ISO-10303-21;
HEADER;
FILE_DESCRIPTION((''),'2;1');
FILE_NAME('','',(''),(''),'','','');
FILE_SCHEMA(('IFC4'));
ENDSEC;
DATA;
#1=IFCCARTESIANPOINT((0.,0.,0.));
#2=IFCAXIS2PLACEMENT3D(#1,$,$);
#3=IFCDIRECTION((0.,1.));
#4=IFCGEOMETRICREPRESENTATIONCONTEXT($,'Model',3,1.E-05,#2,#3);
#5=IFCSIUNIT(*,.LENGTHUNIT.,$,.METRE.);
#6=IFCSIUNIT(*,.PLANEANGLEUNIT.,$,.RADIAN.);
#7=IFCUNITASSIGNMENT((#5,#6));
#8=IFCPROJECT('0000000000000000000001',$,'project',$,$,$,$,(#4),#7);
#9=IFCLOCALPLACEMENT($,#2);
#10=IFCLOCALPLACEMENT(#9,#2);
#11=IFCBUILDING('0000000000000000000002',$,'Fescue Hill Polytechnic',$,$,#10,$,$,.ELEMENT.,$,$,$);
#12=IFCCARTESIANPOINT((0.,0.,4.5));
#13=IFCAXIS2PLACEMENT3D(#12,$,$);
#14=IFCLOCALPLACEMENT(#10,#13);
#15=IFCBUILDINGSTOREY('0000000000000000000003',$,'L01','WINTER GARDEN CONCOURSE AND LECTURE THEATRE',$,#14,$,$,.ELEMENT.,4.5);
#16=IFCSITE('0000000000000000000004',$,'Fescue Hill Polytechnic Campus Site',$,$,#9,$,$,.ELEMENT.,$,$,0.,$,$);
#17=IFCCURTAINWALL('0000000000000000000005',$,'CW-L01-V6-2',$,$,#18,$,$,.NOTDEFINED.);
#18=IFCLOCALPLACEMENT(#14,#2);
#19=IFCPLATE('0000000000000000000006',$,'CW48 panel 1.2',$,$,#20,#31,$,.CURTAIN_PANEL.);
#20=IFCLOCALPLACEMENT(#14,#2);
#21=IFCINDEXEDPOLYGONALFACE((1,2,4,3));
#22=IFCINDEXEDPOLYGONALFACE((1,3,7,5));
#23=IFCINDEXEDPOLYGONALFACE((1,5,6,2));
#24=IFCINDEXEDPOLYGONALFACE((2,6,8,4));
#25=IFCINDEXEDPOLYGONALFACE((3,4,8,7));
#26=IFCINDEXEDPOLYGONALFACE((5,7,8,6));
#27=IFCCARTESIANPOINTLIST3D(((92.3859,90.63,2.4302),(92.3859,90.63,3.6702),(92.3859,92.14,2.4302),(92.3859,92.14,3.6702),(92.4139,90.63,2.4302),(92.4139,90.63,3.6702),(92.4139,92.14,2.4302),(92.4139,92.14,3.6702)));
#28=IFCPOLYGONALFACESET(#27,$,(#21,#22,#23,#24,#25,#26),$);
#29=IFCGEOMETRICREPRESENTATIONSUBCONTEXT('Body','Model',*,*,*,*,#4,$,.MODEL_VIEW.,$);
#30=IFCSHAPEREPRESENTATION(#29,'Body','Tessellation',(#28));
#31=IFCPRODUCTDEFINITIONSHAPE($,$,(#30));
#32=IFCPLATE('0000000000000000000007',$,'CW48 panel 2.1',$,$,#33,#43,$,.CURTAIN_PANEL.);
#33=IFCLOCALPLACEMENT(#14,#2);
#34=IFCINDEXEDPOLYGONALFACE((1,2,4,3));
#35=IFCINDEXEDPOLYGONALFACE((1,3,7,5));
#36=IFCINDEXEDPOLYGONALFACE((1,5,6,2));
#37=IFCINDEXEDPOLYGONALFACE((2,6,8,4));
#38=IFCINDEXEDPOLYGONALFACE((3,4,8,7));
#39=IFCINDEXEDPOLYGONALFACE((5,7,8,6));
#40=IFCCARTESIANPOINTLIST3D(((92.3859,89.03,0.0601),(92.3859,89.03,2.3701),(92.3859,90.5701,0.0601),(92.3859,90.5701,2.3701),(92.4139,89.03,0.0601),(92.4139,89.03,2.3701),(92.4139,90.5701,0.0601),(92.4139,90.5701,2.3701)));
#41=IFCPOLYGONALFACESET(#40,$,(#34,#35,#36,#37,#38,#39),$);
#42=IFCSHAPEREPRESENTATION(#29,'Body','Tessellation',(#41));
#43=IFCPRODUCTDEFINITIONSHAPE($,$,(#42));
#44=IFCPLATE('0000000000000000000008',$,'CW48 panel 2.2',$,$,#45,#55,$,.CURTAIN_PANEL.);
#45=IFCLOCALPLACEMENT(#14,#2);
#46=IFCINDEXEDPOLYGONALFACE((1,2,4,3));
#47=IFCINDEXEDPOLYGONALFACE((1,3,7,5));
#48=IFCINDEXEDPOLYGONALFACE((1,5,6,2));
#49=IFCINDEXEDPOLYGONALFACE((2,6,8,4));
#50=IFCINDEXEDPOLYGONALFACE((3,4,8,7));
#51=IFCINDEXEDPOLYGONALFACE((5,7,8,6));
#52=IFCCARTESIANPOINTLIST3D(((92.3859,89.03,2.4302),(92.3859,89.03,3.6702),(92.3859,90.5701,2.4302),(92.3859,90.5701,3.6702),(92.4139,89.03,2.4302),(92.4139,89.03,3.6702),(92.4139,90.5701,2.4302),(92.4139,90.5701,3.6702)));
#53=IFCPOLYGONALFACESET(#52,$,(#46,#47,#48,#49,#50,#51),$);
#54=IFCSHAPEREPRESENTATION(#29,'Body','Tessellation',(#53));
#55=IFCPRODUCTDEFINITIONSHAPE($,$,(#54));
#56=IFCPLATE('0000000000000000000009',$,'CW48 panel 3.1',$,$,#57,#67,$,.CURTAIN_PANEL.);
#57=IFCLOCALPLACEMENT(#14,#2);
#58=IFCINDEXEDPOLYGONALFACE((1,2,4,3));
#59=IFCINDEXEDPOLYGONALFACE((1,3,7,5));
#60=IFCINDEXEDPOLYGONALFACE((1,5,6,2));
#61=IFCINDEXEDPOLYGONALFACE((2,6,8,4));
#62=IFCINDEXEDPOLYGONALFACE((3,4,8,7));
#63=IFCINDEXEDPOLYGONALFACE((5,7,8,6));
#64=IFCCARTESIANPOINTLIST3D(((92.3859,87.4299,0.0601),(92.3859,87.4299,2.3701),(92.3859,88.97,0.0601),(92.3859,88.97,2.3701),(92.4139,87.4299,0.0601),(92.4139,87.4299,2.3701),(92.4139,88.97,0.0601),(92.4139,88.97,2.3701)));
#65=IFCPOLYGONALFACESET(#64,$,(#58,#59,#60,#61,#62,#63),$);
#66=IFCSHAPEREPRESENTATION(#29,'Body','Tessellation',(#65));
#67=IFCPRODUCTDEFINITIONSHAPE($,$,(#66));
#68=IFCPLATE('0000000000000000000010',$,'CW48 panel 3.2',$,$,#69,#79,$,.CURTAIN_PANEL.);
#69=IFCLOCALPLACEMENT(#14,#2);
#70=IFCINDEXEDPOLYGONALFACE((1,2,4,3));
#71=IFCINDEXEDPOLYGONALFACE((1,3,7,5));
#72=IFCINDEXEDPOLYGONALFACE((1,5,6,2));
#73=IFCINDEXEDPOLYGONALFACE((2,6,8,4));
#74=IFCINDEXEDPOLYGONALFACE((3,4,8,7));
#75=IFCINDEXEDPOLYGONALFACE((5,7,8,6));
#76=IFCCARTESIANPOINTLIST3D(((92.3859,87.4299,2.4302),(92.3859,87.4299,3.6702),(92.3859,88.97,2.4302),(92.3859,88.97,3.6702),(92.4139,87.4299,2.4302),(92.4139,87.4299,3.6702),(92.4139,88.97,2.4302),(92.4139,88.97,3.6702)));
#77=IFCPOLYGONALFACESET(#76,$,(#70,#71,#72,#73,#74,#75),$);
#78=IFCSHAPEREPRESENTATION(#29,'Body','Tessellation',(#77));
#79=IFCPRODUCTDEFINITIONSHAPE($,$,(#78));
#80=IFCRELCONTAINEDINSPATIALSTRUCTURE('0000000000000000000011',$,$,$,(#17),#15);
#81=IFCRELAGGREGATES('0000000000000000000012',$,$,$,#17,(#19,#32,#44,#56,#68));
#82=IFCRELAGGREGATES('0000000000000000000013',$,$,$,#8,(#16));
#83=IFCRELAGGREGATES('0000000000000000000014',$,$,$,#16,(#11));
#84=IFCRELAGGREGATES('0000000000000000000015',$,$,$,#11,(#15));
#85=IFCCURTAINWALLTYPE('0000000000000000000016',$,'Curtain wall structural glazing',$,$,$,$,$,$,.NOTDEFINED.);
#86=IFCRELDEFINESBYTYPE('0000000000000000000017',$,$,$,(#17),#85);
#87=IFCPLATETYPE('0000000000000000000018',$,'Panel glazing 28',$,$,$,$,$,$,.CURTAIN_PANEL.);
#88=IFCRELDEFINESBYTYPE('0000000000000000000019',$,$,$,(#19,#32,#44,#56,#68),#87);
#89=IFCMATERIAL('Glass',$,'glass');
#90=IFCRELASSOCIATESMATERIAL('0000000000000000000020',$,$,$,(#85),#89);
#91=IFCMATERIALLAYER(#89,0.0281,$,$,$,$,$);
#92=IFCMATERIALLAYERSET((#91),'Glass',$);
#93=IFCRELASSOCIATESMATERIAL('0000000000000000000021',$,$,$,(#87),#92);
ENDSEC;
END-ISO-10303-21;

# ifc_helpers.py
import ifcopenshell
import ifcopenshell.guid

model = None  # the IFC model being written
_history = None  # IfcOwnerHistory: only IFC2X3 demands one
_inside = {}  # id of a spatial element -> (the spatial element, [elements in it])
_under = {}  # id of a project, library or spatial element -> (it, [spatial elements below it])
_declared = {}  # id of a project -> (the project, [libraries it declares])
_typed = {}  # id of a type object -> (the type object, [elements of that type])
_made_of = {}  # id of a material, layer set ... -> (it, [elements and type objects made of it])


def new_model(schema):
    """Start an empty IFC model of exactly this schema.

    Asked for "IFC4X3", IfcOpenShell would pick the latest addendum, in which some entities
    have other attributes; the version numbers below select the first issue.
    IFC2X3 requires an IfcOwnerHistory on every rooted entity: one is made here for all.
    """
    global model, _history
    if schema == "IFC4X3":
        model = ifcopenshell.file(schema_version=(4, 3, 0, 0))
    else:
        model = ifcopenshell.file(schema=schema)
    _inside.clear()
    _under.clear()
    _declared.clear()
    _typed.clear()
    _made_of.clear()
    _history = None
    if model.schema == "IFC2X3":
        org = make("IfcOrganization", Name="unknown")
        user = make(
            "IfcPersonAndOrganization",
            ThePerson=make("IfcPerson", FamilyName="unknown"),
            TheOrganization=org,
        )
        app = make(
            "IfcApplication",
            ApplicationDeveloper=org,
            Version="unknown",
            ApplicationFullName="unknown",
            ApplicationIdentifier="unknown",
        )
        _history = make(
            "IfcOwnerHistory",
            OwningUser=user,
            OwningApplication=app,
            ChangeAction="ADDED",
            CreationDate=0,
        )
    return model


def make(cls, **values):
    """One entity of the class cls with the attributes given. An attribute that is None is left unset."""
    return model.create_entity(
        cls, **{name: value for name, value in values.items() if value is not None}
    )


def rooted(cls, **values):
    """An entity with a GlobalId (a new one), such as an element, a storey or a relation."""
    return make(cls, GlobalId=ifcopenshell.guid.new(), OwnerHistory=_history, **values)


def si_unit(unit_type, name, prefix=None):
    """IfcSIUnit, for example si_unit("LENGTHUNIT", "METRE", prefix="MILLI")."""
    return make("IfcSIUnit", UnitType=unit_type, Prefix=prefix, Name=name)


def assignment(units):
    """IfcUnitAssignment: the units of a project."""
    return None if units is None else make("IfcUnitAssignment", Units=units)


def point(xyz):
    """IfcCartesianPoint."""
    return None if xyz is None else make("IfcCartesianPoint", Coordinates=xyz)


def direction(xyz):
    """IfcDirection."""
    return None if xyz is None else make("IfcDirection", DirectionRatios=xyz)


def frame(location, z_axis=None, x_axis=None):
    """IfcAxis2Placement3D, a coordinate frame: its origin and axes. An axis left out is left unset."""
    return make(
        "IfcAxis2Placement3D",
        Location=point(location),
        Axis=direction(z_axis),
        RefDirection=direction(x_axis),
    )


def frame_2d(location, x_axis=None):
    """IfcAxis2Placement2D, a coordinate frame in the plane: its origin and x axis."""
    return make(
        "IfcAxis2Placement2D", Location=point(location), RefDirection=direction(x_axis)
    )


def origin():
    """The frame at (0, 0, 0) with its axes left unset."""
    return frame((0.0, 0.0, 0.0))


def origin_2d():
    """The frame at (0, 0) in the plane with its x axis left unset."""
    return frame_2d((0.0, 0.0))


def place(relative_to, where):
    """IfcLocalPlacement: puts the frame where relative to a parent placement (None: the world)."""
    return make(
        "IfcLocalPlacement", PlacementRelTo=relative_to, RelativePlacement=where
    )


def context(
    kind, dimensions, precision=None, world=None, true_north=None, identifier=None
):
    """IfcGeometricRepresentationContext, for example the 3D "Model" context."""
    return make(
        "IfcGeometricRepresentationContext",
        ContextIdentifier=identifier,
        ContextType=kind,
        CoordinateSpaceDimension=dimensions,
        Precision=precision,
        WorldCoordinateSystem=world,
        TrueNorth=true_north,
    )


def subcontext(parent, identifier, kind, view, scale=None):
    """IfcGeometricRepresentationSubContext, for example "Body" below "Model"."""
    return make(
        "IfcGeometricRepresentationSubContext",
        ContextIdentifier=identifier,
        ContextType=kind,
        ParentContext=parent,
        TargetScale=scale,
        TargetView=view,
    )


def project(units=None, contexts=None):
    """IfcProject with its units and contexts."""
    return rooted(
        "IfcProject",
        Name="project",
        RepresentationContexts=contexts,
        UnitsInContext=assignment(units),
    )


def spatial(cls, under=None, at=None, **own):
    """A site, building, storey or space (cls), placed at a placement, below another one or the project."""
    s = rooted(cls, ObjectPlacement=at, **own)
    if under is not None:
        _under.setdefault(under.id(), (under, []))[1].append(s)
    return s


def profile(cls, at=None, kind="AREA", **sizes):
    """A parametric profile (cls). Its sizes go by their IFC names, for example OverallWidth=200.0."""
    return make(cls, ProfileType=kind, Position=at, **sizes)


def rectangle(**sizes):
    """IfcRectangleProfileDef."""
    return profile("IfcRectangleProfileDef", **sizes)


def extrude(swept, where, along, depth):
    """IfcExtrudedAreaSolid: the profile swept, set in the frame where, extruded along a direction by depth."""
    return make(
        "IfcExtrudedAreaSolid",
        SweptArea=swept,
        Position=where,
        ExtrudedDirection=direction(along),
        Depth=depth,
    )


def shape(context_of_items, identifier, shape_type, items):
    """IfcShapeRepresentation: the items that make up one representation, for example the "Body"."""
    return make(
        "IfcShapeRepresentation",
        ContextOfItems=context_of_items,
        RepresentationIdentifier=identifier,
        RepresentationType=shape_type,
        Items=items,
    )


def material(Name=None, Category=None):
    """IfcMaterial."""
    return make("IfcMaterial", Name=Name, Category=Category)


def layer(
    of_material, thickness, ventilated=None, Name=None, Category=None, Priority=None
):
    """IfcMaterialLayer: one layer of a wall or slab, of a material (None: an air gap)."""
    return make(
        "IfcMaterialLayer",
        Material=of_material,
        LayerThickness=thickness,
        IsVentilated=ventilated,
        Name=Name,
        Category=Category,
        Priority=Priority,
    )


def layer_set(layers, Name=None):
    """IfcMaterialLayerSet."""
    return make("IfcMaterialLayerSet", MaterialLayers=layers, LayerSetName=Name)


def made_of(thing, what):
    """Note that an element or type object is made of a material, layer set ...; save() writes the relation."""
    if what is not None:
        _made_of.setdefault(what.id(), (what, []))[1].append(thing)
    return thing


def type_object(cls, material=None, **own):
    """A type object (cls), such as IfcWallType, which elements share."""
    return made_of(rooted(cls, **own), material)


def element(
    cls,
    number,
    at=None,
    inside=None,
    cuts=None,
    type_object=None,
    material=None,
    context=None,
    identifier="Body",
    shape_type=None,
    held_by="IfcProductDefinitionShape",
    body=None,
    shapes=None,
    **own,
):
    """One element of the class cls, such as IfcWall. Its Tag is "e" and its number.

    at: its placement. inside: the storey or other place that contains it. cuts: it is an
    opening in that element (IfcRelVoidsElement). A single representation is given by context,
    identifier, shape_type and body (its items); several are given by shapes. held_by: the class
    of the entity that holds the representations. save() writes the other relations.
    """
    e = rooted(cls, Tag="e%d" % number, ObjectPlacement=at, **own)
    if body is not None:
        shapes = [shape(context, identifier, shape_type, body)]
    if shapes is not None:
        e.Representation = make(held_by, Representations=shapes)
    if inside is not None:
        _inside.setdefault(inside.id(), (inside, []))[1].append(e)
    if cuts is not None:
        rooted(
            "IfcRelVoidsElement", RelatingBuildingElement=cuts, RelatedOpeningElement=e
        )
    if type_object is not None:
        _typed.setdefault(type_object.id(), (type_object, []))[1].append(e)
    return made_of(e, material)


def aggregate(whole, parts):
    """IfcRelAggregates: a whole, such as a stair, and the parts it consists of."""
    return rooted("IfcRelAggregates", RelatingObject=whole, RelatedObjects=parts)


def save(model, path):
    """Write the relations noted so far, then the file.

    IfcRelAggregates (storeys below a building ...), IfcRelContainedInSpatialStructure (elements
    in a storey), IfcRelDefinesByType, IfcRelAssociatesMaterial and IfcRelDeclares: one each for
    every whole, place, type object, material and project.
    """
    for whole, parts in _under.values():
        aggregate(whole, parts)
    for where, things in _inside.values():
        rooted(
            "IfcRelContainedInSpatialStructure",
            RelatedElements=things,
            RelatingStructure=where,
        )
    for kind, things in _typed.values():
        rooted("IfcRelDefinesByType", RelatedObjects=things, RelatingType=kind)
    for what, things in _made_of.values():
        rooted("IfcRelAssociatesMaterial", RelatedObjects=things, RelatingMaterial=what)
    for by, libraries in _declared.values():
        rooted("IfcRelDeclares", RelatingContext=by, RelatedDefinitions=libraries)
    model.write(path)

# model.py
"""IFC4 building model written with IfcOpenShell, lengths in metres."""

from ifc_helpers import new_model, si_unit, direction, frame, origin, origin_2d, place, context, subcontext, project, spatial, rectangle, extrude, material, layer, layer_set, type_object, element, aggregate, save


model = new_model("IFC4")

# Units and contexts
model_context = context("Model", 3, precision=1e-05, world=origin(), true_north=direction((0.0, 1.0)))
body_context = subcontext(model_context, "Body", "Model", "MODEL_VIEW")
ifc_project = project(units=[si_unit("LENGTHUNIT", "METRE"), si_unit("PLANEANGLEUNIT", "RADIAN")], contexts=[model_context])

# Site, building, storey
site_placement = place(None, origin())
site = spatial("IfcSite", under=ifc_project, at=site_placement, Name="Fescue Hill Polytechnic Campus Site", CompositionType="ELEMENT", RefElevation=0.0)
building_placement = place(site_placement, origin())
building = spatial("IfcBuilding", under=site, at=building_placement, Name="Fescue Hill Polytechnic", CompositionType="ELEMENT")
storey_placement = place(building_placement, frame((0.0, 0.0, 4.5)))
storey = spatial("IfcBuildingStorey", under=building, at=storey_placement, Name="L01", Description="WINTER GARDEN CONCOURSE AND LECTURE THEATRE", CompositionType="ELEMENT", Elevation=4.5)

# Curtain wall
ifc_material_1 = material(Name="Glass", Category="glass")
curtain_wall_type = type_object("IfcCurtainWallType", Name="Curtain wall structural glazing", PredefinedType="NOTDEFINED", material=ifc_material_1)
curtain_wall_placement = place(storey_placement, origin())
curtain_wall = element("IfcCurtainWall", 1, at=curtain_wall_placement, inside=storey, type_object=curtain_wall_type, Name="CW-L01-V6-2", PredefinedType="NOTDEFINED")

# Plates
ifc_layer = layer(ifc_material_1, 0.0281)
ifc_layer_set = layer_set([ifc_layer], Name="Glass")
plate_type = type_object("IfcPlateType", Name="Panel glazing 28", PredefinedType="CURTAIN_PANEL", material=ifc_layer_set)
plate_1_placement = place(storey_placement, frame((92.3999, 91.385, 2.4302), z_axis=(0.0, 0.0, 1.0), x_axis=(0.0, -1.0, 0.0)))
plate_1 = element("IfcPlate", 2, at=plate_1_placement, type_object=plate_type, Name="CW48 panel 1.2", PredefinedType="CURTAIN_PANEL", context=body_context, shape_type="SweptSolid", body=[
    extrude(rectangle(XDim=1.51, YDim=0.0281, at=origin_2d()), origin(), (0.0, 0.0, 1.0), 1.24),
])
plate_2_placement = place(storey_placement, frame((92.3999, 89.8, 0.0601), z_axis=(0.0, 0.0, 1.0), x_axis=(0.0, -1.0, 0.0)))
plate_2 = element("IfcPlate", 3, at=plate_2_placement, type_object=plate_type, Name="CW48 panel 2.1", PredefinedType="CURTAIN_PANEL", context=body_context, shape_type="SweptSolid", body=[
    extrude(rectangle(XDim=1.54, YDim=0.0281, at=origin_2d()), origin(), (0.0, 0.0, 1.0), 2.3101),
])
plate_3_placement = place(storey_placement, frame((92.3999, 89.8, 2.4302), z_axis=(0.0, 0.0, 1.0), x_axis=(0.0, -1.0, 0.0)))
plate_3 = element("IfcPlate", 4, at=plate_3_placement, type_object=plate_type, Name="CW48 panel 2.2", PredefinedType="CURTAIN_PANEL", context=body_context, shape_type="SweptSolid", body=[
    extrude(rectangle(XDim=1.54, YDim=0.0281, at=origin_2d()), origin(), (0.0, 0.0, 1.0), 1.24),
])
plate_4_placement = place(storey_placement, frame((92.3999, 88.2, 0.0601), z_axis=(0.0, 0.0, 1.0), x_axis=(0.0, -1.0, 0.0)))
plate_4 = element("IfcPlate", 5, at=plate_4_placement, type_object=plate_type, Name="CW48 panel 3.1", PredefinedType="CURTAIN_PANEL", context=body_context, shape_type="SweptSolid", body=[
    extrude(rectangle(XDim=1.54, YDim=0.0281, at=origin_2d()), origin(), (0.0, 0.0, 1.0), 2.3101),
])
plate_5_placement = place(storey_placement, frame((92.3999, 88.2, 2.4302), z_axis=(0.0, 0.0, 1.0), x_axis=(0.0, -1.0, 0.0)))
plate_5 = element("IfcPlate", 6, at=plate_5_placement, type_object=plate_type, Name="CW48 panel 3.2", PredefinedType="CURTAIN_PANEL", context=body_context, shape_type="SweptSolid", body=[
    extrude(rectangle(XDim=1.54, YDim=0.0281, at=origin_2d()), origin(), (0.0, 0.0, 1.0), 1.24),
])
aggregate(curtain_wall, [plate_1, plate_2, plate_3, plate_4, plate_5])

save(model, "model.ifc")
